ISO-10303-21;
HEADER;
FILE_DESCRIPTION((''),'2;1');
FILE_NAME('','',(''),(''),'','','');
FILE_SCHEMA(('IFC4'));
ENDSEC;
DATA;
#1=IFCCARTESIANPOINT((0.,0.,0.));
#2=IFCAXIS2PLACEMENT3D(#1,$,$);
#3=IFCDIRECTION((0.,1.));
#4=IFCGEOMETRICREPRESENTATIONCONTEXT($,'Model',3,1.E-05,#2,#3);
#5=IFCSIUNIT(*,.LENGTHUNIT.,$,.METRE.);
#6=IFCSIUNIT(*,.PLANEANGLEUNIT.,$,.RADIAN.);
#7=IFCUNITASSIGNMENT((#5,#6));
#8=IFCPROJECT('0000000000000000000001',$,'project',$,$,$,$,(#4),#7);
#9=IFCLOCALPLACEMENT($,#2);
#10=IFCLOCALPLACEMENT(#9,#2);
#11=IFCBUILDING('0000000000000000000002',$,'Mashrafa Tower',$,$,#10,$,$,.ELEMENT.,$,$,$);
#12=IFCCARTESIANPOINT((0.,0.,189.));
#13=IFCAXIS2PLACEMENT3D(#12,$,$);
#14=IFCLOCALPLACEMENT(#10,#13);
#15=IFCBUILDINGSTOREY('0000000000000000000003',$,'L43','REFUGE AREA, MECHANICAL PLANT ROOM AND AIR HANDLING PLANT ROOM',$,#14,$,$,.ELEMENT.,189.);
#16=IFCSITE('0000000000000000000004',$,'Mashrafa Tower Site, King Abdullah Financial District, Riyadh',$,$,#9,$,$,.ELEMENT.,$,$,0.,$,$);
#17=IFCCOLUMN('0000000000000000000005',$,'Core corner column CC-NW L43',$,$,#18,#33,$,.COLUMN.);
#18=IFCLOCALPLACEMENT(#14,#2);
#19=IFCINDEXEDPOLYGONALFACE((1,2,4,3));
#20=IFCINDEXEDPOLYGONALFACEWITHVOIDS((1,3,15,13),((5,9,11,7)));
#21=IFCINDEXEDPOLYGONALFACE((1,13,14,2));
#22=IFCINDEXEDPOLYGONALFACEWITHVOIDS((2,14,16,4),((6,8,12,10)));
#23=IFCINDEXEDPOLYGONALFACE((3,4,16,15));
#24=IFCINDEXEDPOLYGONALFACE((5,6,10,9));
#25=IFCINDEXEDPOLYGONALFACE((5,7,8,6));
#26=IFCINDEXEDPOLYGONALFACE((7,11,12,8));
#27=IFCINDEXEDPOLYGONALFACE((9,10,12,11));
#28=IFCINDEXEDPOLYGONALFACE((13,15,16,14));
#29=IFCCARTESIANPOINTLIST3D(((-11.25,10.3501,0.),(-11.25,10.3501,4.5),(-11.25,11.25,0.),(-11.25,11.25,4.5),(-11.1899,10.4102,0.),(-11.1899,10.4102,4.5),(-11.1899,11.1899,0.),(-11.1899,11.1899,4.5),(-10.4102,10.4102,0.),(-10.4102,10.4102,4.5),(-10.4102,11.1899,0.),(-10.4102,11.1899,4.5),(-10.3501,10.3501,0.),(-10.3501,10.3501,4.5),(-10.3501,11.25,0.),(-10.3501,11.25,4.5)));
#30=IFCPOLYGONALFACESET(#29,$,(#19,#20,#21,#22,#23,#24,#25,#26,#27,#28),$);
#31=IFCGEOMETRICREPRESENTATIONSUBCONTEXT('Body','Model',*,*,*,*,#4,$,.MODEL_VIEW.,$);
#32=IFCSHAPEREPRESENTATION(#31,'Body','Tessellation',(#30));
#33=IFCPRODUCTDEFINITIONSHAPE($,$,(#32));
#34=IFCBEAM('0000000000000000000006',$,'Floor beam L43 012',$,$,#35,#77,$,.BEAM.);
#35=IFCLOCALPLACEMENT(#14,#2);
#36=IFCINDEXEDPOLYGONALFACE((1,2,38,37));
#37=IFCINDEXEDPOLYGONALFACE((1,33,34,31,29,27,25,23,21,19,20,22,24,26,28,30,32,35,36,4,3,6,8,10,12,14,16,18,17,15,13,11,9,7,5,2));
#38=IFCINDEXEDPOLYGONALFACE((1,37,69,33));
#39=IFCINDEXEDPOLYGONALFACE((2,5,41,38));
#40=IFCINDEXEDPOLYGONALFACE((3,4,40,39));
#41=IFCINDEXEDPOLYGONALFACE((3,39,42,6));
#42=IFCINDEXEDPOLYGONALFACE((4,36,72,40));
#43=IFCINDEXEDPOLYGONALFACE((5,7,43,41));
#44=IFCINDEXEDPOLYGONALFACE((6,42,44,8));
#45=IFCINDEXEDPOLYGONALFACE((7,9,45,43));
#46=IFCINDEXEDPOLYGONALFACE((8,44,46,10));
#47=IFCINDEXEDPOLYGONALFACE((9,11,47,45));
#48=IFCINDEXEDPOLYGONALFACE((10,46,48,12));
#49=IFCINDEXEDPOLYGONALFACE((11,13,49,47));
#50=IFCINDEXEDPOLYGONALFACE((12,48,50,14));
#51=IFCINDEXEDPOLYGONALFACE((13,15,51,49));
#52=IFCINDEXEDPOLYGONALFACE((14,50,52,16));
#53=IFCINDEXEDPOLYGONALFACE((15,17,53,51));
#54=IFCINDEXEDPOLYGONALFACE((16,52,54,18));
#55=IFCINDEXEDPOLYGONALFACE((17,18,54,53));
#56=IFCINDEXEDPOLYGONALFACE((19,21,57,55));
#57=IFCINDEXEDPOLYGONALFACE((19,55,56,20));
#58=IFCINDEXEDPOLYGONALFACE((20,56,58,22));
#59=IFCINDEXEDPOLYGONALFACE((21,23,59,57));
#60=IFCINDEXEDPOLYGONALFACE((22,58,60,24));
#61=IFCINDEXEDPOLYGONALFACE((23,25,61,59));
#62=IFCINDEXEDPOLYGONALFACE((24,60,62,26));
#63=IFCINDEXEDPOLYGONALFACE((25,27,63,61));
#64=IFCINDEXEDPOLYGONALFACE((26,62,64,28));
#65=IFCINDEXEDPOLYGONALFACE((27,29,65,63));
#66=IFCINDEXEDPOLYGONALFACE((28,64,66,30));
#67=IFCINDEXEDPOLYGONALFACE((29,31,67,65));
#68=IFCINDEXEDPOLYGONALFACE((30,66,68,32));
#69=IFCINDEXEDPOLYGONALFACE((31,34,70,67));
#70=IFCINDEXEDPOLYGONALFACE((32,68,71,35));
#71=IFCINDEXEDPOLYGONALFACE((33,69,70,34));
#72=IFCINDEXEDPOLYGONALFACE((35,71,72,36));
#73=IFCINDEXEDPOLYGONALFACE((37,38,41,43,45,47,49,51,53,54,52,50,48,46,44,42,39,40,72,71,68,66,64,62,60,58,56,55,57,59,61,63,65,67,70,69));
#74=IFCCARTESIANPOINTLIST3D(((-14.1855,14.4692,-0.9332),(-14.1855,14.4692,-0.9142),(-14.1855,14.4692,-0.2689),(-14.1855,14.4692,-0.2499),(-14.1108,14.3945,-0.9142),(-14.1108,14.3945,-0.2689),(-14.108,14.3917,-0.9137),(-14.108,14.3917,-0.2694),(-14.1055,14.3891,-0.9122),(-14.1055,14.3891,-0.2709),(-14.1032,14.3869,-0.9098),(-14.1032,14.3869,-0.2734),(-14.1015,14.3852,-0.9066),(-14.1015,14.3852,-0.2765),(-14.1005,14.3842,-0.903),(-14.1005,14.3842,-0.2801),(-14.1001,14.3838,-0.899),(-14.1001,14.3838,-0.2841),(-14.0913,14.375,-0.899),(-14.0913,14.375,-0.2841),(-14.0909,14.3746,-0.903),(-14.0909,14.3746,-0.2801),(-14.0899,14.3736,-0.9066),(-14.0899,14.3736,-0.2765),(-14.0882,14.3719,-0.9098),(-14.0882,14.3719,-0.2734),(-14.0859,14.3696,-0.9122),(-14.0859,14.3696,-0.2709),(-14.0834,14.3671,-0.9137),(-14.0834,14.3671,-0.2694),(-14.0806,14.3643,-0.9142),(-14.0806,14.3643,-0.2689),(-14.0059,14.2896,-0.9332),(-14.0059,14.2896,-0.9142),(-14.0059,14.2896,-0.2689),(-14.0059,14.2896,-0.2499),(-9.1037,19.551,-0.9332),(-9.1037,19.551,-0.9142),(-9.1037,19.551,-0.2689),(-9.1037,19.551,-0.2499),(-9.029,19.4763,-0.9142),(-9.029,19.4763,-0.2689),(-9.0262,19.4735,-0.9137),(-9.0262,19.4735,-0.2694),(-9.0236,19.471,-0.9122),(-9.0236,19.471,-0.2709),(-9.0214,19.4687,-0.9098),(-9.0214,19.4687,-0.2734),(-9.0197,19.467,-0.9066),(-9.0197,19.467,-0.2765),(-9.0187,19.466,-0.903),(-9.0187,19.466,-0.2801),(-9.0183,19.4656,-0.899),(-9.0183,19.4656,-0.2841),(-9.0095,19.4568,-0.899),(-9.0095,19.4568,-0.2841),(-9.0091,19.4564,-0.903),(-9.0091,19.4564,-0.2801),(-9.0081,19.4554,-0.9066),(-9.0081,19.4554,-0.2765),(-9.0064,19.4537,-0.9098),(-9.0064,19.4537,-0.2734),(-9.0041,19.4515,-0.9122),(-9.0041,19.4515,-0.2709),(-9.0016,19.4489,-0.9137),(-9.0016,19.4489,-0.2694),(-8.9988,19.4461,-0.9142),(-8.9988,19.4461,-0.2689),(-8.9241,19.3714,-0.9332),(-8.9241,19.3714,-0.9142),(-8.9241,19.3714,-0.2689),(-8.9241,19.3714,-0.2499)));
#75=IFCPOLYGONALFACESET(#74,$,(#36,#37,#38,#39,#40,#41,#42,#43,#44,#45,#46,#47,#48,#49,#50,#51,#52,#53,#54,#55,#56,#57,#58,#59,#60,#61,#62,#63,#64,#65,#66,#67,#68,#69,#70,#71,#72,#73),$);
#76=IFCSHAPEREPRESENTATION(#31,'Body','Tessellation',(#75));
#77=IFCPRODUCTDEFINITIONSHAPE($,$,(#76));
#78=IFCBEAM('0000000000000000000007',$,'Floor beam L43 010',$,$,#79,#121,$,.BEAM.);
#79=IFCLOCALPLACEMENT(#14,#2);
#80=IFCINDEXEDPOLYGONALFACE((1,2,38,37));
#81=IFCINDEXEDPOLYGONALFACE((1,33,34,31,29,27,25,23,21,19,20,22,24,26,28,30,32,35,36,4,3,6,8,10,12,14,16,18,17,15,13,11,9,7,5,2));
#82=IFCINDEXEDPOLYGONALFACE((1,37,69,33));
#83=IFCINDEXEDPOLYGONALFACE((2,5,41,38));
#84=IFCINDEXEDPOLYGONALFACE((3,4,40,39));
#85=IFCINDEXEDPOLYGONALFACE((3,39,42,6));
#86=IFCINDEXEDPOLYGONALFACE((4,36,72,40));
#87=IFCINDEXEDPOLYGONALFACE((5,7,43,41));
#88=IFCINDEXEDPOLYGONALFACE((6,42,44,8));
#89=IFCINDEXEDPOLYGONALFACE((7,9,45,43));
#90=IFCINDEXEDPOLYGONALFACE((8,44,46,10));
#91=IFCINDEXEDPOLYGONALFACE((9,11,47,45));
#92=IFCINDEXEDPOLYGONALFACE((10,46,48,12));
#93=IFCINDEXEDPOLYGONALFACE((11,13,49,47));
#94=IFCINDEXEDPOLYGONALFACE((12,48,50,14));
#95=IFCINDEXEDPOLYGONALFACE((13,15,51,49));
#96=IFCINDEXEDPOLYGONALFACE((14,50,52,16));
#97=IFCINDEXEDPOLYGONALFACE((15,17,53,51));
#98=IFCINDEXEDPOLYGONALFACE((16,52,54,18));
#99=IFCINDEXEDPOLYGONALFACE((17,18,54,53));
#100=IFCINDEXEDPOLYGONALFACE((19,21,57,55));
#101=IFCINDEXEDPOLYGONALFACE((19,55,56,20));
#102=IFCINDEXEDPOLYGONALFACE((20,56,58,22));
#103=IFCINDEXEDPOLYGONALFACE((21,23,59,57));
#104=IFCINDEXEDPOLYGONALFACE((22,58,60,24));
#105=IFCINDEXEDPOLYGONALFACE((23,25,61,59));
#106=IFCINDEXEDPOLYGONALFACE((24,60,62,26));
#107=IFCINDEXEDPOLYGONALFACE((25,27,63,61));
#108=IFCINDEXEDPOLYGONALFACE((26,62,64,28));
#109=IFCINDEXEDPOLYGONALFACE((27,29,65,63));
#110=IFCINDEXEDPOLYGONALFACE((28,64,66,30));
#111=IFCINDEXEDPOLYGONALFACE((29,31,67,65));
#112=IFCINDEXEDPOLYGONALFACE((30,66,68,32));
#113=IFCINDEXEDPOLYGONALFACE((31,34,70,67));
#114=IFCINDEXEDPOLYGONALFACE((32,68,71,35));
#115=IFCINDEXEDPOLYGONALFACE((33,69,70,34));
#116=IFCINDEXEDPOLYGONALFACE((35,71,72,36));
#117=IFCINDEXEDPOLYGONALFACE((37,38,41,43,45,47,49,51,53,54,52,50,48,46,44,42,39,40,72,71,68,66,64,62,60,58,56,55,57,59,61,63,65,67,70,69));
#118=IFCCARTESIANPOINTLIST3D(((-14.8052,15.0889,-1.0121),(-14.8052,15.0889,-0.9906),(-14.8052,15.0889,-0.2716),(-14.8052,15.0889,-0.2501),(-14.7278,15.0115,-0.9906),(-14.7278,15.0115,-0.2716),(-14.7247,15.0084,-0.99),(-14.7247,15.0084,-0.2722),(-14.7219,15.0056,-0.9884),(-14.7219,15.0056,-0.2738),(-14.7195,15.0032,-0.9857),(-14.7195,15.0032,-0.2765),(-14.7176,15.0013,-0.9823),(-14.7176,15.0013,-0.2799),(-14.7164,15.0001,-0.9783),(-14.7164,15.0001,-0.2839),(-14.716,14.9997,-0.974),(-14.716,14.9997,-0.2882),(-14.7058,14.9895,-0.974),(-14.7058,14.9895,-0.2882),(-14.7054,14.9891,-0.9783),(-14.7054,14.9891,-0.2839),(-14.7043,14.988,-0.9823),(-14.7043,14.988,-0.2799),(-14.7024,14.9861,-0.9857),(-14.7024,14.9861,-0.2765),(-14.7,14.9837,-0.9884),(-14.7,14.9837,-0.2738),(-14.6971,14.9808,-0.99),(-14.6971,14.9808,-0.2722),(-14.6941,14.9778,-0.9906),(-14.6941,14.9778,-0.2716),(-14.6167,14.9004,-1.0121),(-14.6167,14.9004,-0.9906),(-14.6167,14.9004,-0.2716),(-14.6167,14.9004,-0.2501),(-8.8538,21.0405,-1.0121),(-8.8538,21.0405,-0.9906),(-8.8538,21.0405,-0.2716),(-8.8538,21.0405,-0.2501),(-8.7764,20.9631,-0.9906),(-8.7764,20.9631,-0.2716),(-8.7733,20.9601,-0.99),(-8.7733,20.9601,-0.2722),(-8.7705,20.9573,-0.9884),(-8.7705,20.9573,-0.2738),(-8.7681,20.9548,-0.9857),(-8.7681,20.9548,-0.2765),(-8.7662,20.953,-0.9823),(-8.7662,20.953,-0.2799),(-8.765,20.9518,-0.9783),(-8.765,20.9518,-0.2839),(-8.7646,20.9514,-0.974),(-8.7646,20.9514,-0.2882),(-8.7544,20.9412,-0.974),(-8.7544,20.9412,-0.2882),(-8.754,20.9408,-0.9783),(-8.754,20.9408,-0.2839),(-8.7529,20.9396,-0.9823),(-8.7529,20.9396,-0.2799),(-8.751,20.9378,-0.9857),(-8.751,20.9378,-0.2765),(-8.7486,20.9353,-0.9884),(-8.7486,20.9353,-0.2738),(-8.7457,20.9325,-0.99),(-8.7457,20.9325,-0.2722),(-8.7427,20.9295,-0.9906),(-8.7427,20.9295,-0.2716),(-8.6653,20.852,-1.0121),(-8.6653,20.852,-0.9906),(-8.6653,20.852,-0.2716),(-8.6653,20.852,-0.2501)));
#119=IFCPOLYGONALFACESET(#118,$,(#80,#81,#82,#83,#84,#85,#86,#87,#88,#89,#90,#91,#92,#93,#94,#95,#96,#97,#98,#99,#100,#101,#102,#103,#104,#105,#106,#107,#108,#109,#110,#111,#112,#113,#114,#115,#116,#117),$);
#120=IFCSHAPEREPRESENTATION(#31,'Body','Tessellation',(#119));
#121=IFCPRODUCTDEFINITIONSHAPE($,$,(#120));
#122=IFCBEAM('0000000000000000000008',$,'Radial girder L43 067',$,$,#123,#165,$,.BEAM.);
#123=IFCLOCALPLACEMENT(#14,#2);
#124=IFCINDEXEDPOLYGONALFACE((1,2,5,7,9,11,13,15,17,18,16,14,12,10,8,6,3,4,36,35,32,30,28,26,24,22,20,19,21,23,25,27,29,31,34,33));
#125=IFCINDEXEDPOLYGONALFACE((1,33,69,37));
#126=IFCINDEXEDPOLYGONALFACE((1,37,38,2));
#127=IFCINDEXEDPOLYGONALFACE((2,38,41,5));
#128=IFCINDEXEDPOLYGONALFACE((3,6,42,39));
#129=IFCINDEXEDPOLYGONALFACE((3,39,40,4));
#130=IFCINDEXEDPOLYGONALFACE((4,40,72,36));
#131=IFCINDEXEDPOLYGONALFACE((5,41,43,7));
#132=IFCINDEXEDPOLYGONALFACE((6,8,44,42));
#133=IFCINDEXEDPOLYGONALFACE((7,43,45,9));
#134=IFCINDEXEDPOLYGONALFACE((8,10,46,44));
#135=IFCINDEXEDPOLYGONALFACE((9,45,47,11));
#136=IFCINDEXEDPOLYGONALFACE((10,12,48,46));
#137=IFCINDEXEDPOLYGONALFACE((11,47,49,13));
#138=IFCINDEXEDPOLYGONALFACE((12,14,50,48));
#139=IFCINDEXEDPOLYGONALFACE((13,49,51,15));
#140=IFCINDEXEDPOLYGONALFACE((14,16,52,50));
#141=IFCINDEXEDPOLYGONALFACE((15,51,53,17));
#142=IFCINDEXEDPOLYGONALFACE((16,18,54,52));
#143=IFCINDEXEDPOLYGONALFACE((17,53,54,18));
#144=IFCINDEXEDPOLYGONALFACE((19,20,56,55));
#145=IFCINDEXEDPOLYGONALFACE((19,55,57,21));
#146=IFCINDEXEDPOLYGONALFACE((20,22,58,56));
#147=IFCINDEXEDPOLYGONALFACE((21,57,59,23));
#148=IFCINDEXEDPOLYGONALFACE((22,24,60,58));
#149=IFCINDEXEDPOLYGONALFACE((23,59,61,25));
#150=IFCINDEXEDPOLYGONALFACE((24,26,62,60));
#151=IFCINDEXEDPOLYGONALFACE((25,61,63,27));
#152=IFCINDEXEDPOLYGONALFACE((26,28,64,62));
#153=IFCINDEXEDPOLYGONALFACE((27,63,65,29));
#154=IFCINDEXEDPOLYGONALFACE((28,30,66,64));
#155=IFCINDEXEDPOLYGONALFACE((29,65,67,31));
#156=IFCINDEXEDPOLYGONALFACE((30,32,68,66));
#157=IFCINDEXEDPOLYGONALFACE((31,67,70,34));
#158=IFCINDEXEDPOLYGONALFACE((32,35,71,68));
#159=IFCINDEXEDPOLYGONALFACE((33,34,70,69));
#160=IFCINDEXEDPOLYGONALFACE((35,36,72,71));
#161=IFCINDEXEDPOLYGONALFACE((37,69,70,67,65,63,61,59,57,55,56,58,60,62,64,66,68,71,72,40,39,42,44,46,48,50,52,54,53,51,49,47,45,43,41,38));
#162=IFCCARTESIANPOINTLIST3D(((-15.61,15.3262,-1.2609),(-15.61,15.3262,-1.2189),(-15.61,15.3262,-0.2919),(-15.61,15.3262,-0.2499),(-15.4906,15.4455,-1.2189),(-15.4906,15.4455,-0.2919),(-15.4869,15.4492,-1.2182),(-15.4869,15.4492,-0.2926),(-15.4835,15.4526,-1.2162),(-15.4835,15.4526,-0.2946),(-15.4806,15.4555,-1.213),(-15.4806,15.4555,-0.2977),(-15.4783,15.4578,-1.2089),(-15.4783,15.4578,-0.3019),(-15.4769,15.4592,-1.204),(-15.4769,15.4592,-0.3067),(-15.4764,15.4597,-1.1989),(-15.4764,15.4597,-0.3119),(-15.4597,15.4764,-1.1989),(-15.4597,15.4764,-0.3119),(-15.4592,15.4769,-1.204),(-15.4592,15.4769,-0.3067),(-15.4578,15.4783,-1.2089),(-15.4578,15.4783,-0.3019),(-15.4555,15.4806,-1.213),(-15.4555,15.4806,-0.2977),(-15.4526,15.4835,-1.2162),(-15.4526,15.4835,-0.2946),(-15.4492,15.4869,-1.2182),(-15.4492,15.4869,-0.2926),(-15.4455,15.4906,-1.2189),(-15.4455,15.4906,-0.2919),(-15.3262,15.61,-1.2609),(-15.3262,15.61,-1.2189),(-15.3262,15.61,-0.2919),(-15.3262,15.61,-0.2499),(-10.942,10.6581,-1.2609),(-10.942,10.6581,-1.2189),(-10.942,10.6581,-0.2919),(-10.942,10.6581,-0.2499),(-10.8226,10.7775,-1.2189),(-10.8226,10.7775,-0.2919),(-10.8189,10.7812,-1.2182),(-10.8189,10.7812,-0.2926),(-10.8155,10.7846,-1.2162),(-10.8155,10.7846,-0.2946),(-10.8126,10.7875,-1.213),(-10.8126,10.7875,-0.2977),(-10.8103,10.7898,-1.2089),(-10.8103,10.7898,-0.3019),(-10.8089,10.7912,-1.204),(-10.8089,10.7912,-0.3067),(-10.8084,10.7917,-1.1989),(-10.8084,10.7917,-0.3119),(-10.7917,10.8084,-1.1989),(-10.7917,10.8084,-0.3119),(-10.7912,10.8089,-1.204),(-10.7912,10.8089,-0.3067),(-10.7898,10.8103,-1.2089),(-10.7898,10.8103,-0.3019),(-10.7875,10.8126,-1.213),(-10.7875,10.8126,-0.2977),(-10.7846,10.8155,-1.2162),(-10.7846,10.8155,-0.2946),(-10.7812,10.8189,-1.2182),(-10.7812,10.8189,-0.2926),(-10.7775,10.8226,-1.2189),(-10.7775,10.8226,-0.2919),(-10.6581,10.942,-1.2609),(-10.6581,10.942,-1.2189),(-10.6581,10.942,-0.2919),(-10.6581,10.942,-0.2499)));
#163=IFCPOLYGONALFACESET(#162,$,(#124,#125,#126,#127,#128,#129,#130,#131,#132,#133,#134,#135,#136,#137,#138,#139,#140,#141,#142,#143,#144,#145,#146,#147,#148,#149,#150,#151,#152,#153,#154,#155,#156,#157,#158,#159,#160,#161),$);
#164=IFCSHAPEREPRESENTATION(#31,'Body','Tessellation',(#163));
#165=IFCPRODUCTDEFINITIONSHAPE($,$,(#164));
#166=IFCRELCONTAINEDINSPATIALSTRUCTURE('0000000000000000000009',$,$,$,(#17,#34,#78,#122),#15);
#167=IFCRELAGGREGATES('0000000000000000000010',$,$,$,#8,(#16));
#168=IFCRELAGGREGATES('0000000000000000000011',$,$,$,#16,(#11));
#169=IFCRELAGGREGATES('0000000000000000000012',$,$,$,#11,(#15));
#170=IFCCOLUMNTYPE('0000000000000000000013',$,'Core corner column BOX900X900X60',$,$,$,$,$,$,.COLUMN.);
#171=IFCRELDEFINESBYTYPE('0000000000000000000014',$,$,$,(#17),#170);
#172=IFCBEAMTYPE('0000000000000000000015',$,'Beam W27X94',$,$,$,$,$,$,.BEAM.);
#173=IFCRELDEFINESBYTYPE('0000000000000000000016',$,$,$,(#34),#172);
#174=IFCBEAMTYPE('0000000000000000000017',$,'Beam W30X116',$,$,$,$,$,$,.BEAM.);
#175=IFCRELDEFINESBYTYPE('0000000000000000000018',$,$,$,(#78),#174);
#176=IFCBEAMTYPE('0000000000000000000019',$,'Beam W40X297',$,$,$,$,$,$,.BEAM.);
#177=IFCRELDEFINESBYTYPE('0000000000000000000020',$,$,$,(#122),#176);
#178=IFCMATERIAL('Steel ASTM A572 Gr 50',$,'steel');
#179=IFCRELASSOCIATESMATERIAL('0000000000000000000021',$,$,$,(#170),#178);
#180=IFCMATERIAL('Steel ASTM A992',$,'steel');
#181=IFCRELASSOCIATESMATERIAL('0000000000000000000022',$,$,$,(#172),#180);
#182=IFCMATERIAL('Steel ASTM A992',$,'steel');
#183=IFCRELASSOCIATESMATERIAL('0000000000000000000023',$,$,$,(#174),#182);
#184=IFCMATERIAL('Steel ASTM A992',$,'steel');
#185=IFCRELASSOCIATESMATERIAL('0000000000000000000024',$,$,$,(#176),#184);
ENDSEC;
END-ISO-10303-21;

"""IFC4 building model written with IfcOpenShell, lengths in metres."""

from ifc_helpers import new_model, si_unit, direction, frame, origin, origin_2d, place, context, subcontext, project, spatial, hollow_rectangle, i_section, extrude, material, material_profile, profile_set, type_object, element, save


model = new_model("IFC4")

# Units and contexts
model_context = context("Model", 3, precision=1e-05, world=origin(), true_north=direction((0.0, 1.0)))
body_context = subcontext(model_context, "Body", "Model", "MODEL_VIEW")
ifc_project = project(units=[si_unit("LENGTHUNIT", "METRE"), si_unit("PLANEANGLEUNIT", "RADIAN")], contexts=[model_context])

# Site, building, storey
site_placement = place(None, origin())
site = spatial("IfcSite", under=ifc_project, at=site_placement, Name="Mashrafa Tower Site, King Abdullah Financial District, Riyadh", CompositionType="ELEMENT", RefElevation=0.0)
building_placement = place(site_placement, origin())
building = spatial("IfcBuilding", under=site, at=building_placement, Name="Mashrafa Tower", CompositionType="ELEMENT")
storey_placement = place(building_placement, frame((0.0, 0.0, 189.0)))
storey = spatial("IfcBuildingStorey", under=building, at=storey_placement, Name="L43", Description="REFUGE AREA, MECHANICAL PLANT ROOM AND AIR HANDLING PLANT ROOM", CompositionType="ELEMENT", Elevation=189.0)

# Column
ifc_material_1 = material(Name="Steel ASTM A572 Gr 50", Category="steel")
ifc_material_profile_1 = material_profile(ifc_material_1, hollow_rectangle(XDim=0.8999, YDim=0.8999, WallThickness=0.0601, at=origin_2d()), Name="BOX900X900X60")
ifc_profile_set_1 = profile_set([ifc_material_profile_1], Name="Steel ASTM A572 Gr 50")
column_type = type_object("IfcColumnType", Name="Core corner column BOX900X900X60", PredefinedType="COLUMN", material=ifc_profile_set_1)
column_placement = place(storey_placement, frame((-10.8, 10.8, 0.0), z_axis=(0.0, 0.0, 1.0), x_axis=(1.0, 0.0, 0.0)))
element("IfcColumn", 1, at=column_placement, inside=storey, type_object=column_type, Name="Core corner column CC-NW L43", PredefinedType="COLUMN", context=body_context, shape_type="SweptSolid", body=[
    extrude(hollow_rectangle(XDim=0.8999, YDim=0.8999, WallThickness=0.0601, at=origin_2d()), origin(), (0.0, 0.0, 1.0), 4.5),
])

# Beams
ifc_material_2 = material(Name="Steel ASTM A992", Category="steel")
ifc_material_profile_2 = material_profile(ifc_material_2, i_section(OverallWidth=0.2539, OverallDepth=0.6833, WebThickness=0.0125, FlangeThickness=0.019, FilletRadius=0.0151, at=origin_2d()), Name="W27X94")
ifc_profile_set_2 = profile_set([ifc_material_profile_2], Name="Steel ASTM A992")
beam_type_1 = type_object("IfcBeamType", Name="Beam W27X94", PredefinedType="BEAM", material=ifc_profile_set_2)
beam_1_placement = place(storey_placement, frame((-14.0957, 14.3794, -0.5916), z_axis=(0.707107, 0.707107, 0.0), x_axis=(-0.707107, 0.707107, 0.0)))
element("IfcBeam", 2, at=beam_1_placement, inside=storey, type_object=beam_type_1, Name="Floor beam L43 012", PredefinedType="BEAM", context=body_context, shape_type="SweptSolid", body=[
    extrude(i_section(OverallWidth=0.2539, OverallDepth=0.6833, WebThickness=0.0125, FlangeThickness=0.019, FilletRadius=0.0151, at=origin_2d()), origin(), (0.0, 0.0, 1.0), 7.1868),
])
ifc_material_3 = material(Name="Steel ASTM A992", Category="steel")
ifc_material_profile_3 = material_profile(ifc_material_3, i_section(OverallWidth=0.2666, OverallDepth=0.762, WebThickness=0.0144, FlangeThickness=0.0215, FilletRadius=0.0166, at=origin_2d()), Name="W30X116")
ifc_profile_set_3 = profile_set([ifc_material_profile_3], Name="Steel ASTM A992")
beam_type_2 = type_object("IfcBeamType", Name="Beam W30X116", PredefinedType="BEAM", material=ifc_profile_set_3)
beam_2_placement = place(storey_placement, frame((-14.7109, 14.9946, -0.6311), z_axis=(0.707092, 0.707121, 0.0), x_axis=(-0.707121, 0.707092, 0.0)))
element("IfcBeam", 3, at=beam_2_placement, inside=storey, type_object=beam_type_2, Name="Floor beam L43 010", PredefinedType="BEAM", context=body_context, shape_type="SweptSolid", body=[
    extrude(i_section(OverallWidth=0.2666, OverallDepth=0.762, WebThickness=0.0144, FlangeThickness=0.0215, FilletRadius=0.0166, at=origin_2d()), origin(), (0.0, 0.0, 1.0), 8.4167),
])
ifc_material_4 = material(Name="Steel ASTM A992", Category="steel")
ifc_material_profile_4 = material_profile(ifc_material_4, i_section(OverallWidth=0.4014, OverallDepth=1.011, WebThickness=0.0237, FlangeThickness=0.042, FilletRadius=0.02, at=origin_2d()), Name="W40X297")
ifc_profile_set_4 = profile_set([ifc_material_profile_4], Name="Steel ASTM A992")
beam_type_3 = type_object("IfcBeamType", Name="Beam W40X297", PredefinedType="BEAM", material=ifc_profile_set_4)
beam_3_placement = place(storey_placement, frame((-10.8, 10.8, -0.7554), z_axis=(-0.707107, 0.707107, 0.0), x_axis=(-0.707107, -0.707107, 0.0)))
element("IfcBeam", 4, at=beam_3_placement, inside=storey, type_object=beam_type_3, Name="Radial girder L43 067", PredefinedType="BEAM", context=body_context, shape_type="SweptSolid", body=[
    extrude(i_section(OverallWidth=0.4014, OverallDepth=1.011, WebThickness=0.0237, FlangeThickness=0.042, FilletRadius=0.02, at=origin_2d()), origin(), (0.0, 0.0, 1.0), 6.6016),
])

save(model, "model.ifc")
